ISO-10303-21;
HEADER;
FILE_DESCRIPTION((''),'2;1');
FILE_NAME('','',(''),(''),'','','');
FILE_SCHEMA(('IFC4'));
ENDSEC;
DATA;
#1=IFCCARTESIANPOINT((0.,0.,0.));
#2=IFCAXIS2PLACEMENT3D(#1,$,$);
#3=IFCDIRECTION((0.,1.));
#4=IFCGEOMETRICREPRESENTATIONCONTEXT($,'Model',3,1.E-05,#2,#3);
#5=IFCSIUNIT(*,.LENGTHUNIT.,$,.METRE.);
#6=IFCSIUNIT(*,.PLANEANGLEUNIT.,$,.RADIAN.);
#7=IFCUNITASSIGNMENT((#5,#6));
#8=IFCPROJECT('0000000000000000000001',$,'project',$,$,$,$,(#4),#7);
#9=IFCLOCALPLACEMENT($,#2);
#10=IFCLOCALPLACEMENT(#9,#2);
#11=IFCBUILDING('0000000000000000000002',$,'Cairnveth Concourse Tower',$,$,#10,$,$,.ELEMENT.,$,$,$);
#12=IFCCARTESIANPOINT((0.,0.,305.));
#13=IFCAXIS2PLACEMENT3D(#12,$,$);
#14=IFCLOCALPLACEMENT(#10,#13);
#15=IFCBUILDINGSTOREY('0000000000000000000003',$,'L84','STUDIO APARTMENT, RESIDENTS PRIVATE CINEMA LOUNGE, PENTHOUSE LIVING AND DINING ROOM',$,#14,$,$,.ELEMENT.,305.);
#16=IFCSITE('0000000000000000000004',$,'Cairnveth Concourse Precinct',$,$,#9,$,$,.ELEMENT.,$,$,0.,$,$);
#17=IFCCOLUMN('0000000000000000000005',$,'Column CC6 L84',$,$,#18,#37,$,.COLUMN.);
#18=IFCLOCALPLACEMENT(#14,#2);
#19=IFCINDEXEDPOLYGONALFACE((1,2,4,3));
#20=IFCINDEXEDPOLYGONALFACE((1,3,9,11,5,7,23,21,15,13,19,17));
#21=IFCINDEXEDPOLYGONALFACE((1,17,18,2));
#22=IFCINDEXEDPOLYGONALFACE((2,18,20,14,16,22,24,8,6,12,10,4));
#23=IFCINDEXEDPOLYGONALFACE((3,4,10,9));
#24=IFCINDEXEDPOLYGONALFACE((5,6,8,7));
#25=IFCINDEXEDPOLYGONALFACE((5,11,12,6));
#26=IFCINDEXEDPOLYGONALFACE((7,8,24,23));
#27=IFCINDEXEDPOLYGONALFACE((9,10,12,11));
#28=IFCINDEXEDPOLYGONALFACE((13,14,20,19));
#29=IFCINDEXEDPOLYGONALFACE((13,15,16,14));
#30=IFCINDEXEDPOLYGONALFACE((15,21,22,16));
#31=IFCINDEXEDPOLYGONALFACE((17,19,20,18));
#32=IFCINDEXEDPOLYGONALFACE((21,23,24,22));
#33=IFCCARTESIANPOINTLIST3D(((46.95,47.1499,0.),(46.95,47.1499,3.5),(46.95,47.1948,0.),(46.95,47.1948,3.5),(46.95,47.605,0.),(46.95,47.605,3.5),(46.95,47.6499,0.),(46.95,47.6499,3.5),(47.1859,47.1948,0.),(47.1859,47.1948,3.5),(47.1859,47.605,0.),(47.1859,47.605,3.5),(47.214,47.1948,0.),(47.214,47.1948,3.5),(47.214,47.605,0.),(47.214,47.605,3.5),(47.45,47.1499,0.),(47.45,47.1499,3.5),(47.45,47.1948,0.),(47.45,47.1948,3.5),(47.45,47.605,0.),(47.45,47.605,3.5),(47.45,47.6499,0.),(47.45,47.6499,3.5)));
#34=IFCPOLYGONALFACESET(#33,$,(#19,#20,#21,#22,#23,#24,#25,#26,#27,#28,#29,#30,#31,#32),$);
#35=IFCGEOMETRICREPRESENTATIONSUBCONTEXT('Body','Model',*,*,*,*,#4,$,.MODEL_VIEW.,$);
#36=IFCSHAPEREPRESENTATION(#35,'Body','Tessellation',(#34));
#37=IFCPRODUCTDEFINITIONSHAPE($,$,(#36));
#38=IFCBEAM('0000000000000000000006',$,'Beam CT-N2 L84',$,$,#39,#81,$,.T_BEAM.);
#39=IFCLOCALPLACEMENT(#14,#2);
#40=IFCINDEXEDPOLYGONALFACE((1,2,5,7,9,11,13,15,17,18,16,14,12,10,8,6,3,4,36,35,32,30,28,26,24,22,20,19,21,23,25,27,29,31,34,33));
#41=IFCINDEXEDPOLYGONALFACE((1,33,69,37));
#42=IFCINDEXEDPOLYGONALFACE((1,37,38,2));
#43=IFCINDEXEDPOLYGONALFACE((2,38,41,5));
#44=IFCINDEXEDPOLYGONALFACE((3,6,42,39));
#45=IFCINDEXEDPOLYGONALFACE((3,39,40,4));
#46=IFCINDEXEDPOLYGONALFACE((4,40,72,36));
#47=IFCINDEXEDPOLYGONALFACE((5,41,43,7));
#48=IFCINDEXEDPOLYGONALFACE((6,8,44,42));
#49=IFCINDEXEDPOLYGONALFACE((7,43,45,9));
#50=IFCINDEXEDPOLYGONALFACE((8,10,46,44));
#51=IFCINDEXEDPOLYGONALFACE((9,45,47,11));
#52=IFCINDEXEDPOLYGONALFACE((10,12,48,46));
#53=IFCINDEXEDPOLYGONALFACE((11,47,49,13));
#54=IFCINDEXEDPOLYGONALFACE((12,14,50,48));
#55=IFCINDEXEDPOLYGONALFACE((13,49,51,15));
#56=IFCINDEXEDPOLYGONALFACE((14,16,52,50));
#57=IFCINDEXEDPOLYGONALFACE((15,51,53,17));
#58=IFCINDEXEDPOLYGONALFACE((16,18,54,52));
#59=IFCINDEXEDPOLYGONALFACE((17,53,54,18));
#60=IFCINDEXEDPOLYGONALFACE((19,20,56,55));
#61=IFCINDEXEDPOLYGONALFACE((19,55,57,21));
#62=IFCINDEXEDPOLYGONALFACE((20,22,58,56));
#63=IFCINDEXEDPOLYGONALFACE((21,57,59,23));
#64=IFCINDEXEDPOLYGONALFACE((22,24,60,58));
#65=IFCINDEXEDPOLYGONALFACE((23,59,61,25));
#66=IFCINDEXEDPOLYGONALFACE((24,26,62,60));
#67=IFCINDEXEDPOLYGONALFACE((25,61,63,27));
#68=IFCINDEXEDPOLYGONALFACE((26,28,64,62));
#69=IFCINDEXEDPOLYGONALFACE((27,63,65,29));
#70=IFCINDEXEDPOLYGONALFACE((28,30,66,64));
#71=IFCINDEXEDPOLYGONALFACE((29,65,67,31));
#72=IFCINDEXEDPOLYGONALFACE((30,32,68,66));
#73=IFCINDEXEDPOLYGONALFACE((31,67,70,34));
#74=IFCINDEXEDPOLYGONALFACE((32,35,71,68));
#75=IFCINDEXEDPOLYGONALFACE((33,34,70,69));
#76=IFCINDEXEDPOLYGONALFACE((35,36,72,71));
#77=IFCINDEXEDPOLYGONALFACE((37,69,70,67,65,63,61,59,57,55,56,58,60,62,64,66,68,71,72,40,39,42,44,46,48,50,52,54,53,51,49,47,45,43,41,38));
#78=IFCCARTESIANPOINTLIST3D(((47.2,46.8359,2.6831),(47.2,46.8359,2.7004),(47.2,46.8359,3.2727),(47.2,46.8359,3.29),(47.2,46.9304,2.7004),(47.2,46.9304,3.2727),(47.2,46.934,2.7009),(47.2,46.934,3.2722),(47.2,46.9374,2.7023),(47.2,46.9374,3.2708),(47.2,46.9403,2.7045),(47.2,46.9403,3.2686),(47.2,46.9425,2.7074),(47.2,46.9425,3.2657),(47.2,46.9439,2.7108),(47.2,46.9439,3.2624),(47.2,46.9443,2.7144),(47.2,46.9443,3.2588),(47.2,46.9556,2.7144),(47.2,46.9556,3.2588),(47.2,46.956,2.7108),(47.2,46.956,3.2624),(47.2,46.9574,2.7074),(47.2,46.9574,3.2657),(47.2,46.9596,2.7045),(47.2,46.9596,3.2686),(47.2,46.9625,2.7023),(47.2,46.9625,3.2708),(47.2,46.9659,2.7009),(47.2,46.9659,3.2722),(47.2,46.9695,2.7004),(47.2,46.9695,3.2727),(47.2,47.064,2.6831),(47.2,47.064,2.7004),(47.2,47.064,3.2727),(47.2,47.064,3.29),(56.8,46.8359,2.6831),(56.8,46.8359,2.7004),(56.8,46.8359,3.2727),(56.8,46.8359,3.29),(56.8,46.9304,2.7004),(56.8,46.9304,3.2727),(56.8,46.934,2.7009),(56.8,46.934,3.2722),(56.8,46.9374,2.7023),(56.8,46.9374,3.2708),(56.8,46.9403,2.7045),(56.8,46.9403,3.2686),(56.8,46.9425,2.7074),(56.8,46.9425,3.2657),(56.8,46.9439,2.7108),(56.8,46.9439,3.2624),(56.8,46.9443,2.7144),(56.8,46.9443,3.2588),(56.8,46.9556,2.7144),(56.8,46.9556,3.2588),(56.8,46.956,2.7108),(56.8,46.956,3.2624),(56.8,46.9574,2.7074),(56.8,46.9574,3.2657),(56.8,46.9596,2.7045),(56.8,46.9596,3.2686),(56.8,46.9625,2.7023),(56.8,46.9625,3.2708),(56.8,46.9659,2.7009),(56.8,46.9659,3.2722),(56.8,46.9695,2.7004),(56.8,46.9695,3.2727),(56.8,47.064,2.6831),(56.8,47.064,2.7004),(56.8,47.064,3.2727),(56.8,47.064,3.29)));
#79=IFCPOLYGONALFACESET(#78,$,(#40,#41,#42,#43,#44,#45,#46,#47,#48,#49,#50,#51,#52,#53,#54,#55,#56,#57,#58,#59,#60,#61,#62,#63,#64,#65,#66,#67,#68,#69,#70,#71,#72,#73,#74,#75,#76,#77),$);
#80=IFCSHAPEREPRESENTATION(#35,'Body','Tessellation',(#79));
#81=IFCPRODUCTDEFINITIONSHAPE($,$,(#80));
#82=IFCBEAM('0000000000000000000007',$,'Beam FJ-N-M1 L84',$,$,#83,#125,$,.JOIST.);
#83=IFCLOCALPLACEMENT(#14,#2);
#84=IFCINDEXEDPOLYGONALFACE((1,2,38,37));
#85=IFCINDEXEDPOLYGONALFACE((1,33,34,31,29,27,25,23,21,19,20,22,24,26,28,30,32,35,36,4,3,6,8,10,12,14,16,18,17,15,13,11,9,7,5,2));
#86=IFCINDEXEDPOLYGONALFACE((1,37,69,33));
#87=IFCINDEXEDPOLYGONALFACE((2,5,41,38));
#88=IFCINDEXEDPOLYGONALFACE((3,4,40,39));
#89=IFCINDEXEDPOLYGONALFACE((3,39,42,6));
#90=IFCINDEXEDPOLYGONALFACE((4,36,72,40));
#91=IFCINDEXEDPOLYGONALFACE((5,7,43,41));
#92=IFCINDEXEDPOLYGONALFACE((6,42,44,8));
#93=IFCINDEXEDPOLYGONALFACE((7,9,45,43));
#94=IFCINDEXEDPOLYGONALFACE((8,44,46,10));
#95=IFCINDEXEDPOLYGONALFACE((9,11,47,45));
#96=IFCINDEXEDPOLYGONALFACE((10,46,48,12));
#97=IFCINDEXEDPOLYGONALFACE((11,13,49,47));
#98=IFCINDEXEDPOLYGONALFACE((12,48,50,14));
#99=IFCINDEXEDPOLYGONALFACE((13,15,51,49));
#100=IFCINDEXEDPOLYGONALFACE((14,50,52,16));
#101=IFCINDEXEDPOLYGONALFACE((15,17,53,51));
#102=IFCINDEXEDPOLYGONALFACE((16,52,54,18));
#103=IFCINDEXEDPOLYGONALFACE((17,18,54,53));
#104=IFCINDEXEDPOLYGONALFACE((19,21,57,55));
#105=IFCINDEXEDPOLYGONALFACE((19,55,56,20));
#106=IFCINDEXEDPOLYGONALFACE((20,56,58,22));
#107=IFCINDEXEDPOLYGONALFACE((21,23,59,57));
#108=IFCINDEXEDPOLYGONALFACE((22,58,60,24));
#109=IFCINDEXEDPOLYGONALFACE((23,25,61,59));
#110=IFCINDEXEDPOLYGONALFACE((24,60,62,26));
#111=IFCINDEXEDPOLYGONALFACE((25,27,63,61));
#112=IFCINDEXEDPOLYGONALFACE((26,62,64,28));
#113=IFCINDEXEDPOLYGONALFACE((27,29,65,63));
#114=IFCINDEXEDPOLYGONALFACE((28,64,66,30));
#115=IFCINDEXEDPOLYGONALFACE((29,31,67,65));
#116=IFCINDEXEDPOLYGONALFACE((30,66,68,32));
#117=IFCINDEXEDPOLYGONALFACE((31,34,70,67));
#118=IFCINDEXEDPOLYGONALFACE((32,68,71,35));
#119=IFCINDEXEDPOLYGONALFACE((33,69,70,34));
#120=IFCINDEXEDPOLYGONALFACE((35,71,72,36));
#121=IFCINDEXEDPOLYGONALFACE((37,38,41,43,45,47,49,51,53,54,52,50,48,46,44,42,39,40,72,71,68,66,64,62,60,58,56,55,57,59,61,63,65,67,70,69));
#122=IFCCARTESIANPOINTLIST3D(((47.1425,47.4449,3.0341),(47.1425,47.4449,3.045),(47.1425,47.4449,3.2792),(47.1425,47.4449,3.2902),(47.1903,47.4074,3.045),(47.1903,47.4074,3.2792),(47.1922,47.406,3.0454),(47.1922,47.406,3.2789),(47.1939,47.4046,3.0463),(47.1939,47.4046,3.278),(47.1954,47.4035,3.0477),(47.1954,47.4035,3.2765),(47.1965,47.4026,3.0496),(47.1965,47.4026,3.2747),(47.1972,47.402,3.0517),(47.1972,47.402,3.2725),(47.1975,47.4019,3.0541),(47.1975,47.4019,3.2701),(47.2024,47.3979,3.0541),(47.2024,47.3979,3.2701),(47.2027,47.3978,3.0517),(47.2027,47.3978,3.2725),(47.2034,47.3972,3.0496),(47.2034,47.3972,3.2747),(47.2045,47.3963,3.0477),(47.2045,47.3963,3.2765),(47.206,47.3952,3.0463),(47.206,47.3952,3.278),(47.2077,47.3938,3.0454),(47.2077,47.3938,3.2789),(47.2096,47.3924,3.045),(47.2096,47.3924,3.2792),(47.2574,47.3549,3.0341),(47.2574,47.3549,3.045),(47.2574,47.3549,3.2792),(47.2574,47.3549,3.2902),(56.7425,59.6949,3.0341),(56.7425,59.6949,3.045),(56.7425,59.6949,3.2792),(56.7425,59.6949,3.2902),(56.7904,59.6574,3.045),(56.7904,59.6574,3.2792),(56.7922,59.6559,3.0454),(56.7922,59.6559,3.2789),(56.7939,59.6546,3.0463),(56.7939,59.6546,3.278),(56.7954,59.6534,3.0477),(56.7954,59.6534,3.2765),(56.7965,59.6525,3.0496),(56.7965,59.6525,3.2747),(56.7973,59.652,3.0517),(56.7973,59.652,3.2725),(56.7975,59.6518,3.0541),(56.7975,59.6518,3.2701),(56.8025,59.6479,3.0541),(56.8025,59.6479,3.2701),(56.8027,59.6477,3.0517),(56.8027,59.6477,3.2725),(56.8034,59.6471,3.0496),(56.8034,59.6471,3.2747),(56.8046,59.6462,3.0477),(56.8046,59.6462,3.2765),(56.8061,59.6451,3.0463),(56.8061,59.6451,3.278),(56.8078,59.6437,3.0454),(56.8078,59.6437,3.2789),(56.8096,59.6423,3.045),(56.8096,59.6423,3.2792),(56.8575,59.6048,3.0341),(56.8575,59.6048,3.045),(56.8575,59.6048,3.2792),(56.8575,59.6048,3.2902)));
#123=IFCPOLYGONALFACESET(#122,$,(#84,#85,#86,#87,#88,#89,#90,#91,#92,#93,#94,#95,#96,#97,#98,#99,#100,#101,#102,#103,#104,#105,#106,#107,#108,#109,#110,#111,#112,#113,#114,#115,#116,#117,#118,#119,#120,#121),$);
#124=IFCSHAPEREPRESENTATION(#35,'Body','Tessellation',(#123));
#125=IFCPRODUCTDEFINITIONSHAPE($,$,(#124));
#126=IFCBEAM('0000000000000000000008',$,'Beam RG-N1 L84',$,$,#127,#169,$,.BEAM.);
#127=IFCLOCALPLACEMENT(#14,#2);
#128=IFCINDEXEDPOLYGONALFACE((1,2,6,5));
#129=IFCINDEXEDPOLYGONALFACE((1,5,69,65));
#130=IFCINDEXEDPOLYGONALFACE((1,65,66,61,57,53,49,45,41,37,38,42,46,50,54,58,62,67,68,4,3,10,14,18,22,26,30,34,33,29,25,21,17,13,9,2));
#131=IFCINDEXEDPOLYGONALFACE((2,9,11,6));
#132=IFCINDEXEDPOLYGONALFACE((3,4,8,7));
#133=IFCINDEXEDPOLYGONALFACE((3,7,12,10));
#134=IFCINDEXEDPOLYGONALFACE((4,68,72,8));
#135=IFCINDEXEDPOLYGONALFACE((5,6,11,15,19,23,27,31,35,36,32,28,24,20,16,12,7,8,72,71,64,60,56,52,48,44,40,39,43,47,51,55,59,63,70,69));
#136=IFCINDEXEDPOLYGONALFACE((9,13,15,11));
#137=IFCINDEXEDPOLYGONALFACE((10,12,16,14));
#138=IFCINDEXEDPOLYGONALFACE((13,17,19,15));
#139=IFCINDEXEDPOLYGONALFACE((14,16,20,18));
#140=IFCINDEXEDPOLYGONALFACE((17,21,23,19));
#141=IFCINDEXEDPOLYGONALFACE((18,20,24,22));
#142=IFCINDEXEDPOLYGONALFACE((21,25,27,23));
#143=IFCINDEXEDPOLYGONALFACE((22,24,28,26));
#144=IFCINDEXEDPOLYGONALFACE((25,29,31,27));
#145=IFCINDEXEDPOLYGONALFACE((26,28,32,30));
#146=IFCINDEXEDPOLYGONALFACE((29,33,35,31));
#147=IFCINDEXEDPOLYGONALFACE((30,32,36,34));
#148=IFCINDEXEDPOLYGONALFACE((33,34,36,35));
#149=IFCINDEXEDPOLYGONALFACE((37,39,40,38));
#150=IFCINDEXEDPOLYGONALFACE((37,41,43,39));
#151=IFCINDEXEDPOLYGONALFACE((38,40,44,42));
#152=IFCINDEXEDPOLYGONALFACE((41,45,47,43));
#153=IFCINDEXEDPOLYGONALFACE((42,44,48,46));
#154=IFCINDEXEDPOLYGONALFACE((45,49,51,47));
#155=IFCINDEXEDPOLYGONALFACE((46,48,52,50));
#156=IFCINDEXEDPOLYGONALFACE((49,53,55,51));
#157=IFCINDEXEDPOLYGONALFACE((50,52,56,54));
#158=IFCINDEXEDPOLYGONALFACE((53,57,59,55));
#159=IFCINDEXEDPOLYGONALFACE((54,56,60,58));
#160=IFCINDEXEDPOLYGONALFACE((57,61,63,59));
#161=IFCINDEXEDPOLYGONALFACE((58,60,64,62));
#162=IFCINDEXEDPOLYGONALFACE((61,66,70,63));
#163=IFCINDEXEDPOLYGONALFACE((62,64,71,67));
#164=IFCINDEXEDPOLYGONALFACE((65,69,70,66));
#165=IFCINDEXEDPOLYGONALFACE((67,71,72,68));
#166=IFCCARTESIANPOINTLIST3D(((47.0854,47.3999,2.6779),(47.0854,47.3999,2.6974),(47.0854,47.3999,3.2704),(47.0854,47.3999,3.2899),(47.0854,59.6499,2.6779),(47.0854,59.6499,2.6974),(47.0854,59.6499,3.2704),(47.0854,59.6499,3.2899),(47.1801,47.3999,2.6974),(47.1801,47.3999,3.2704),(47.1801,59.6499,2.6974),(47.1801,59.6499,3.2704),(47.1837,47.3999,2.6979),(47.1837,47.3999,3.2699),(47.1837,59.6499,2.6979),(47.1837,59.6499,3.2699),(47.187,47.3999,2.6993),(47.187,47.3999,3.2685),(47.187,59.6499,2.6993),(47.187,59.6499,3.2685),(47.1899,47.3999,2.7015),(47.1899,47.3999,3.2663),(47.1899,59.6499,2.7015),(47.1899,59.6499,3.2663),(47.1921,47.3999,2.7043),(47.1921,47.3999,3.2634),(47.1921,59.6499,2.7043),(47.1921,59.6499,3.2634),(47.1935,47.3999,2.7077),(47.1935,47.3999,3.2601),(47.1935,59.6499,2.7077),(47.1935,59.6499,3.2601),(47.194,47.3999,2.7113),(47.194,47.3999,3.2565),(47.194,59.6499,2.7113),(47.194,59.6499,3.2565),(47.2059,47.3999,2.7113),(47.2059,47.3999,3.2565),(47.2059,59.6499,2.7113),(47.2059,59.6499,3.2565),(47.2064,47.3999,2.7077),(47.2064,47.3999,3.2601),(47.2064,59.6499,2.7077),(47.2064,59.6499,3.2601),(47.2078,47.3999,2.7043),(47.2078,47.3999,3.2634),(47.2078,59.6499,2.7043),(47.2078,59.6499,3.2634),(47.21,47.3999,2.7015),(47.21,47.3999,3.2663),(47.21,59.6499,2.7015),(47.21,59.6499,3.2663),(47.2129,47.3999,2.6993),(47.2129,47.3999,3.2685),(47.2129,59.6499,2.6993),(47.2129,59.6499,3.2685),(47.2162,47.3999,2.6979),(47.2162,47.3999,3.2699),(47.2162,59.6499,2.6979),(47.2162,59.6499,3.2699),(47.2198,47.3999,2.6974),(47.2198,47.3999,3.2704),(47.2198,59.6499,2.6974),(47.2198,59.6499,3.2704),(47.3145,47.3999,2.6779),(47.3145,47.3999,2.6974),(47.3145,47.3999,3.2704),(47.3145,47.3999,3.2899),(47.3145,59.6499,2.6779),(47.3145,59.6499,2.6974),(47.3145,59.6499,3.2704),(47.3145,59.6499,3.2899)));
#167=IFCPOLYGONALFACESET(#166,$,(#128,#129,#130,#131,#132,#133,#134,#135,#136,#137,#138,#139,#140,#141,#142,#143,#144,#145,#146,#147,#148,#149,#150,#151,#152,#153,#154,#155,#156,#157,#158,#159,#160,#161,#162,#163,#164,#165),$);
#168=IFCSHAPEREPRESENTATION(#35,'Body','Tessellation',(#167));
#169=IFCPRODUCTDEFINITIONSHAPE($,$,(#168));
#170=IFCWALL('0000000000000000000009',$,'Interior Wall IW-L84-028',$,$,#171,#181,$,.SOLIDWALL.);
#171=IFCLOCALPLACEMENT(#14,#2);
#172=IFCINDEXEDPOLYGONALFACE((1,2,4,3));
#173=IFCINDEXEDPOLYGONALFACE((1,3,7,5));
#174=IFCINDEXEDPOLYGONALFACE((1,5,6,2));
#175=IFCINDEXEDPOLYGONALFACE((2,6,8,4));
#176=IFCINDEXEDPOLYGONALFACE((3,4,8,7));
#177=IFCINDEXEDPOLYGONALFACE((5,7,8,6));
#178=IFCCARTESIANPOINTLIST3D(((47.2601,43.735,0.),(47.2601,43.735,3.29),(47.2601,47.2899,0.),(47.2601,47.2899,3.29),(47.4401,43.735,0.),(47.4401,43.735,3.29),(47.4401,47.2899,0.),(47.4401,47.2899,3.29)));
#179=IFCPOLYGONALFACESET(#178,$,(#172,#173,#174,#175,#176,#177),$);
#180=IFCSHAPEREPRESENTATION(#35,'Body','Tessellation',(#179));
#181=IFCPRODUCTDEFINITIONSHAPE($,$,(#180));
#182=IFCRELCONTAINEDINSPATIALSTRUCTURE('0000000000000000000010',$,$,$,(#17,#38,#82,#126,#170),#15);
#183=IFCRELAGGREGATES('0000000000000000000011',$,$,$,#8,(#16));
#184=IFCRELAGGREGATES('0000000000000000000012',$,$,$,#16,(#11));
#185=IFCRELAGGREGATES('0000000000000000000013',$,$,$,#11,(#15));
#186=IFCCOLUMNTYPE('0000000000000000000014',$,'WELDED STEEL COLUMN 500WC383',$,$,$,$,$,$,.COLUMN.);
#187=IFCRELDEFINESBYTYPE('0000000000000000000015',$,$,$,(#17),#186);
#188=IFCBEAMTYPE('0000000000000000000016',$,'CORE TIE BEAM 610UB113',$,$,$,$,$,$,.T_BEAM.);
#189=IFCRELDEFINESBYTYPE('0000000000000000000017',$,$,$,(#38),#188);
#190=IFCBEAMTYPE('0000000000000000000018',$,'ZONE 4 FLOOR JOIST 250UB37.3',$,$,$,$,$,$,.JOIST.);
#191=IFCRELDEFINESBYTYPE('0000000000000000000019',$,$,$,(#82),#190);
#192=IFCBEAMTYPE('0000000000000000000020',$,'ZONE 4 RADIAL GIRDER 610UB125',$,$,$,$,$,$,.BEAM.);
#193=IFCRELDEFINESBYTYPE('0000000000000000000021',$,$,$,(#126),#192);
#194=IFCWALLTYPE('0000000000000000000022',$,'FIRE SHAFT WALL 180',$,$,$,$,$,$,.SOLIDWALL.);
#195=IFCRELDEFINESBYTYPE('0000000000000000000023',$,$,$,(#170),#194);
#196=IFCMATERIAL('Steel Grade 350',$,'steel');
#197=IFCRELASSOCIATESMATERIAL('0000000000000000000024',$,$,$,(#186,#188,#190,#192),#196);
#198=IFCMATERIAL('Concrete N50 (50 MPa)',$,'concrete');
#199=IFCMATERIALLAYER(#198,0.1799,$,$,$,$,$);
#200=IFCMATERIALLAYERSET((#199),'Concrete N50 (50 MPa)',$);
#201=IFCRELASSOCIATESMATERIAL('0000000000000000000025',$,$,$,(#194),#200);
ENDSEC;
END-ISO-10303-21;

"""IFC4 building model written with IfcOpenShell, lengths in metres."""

from ifc_helpers import new_model, si_unit, direction, frame, frame_2d, origin, origin_2d, place, context, subcontext, project, spatial, rectangle, i_section, extrude, material, layer, layer_set, material_profile, profile_set, type_object, element, save


model = new_model("IFC4")

# Units and contexts
model_context = context("Model", 3, precision=1e-05, world=origin(), true_north=direction((0.0, 1.0)))
body_context = subcontext(model_context, "Body", "Model", "MODEL_VIEW")
ifc_project = project(units=[si_unit("LENGTHUNIT", "METRE"), si_unit("PLANEANGLEUNIT", "RADIAN")], contexts=[model_context])

# Site, building, storey
site_placement = place(None, origin())
site = spatial("IfcSite", under=ifc_project, at=site_placement, Name="Cairnveth Concourse Precinct", CompositionType="ELEMENT", RefElevation=0.0)
building_placement = place(site_placement, origin())
building = spatial("IfcBuilding", under=site, at=building_placement, Name="Cairnveth Concourse Tower", CompositionType="ELEMENT")
storey_placement = place(building_placement, frame((0.0, 0.0, 305.0)))
storey = spatial("IfcBuildingStorey", under=building, at=storey_placement, Name="L84", Description="STUDIO APARTMENT, RESIDENTS PRIVATE CINEMA LOUNGE, PENTHOUSE LIVING AND DINING ROOM", CompositionType="ELEMENT", Elevation=305.0)

# Column
ifc_material_1 = material(Name="Steel Grade 350", Category="steel")
ifc_material_profile_1 = material_profile(ifc_material_1, i_section(OverallWidth=0.5, OverallDepth=0.5, WebThickness=0.0281, FlangeThickness=0.0449, at=origin_2d()), Name="500WC383")
ifc_profile_set_1 = profile_set([ifc_material_profile_1], Name="Steel Grade 350")
column_type = type_object("IfcColumnType", Name="WELDED STEEL COLUMN 500WC383", PredefinedType="COLUMN", material=ifc_profile_set_1)
column_placement = place(storey_placement, frame((47.2, 47.3999, 0.0), z_axis=(0.0, 0.0, 1.0), x_axis=(1.0, 0.0, 0.0)))
element("IfcColumn", 1, at=column_placement, inside=storey, type_object=column_type, Name="Column CC6 L84", PredefinedType="COLUMN", context=body_context, shape_type="SweptSolid", body=[
    extrude(i_section(OverallWidth=0.5, OverallDepth=0.5, WebThickness=0.0281, FlangeThickness=0.0449, at=origin_2d()), origin(), (0.0, 0.0, 1.0), 3.5),
])

# Beams
ifc_material_profile_2 = material_profile(ifc_material_1, i_section(OverallWidth=0.228, OverallDepth=0.6069, WebThickness=0.0112, FlangeThickness=0.0173, FilletRadius=0.0139, at=origin_2d()), Name="610UB113")
ifc_profile_set_2 = profile_set([ifc_material_profile_2], Name="Steel Grade 350")
beam_type_1 = type_object("IfcBeamType", Name="CORE TIE BEAM 610UB113", PredefinedType="T_BEAM", material=ifc_profile_set_2)
beam_1_placement = place(storey_placement, frame((47.2, 46.95, 2.9866), z_axis=(1.0, 0.0, 0.0), x_axis=(0.0, 1.0, 0.0)))
element("IfcBeam", 2, at=beam_1_placement, inside=storey, type_object=beam_type_1, Name="Beam CT-N2 L84", PredefinedType="T_BEAM", context=body_context, shape_type="SweptSolid", body=[
    extrude(i_section(OverallWidth=0.228, OverallDepth=0.6069, WebThickness=0.0112, FlangeThickness=0.0173, FilletRadius=0.0139, at=origin_2d()), origin(), (0.0, 0.0, 1.0), 9.6001),
])
ifc_material_profile_3 = material_profile(ifc_material_1, i_section(OverallWidth=0.146, OverallDepth=0.2561, WebThickness=0.0063, FlangeThickness=0.011, FilletRadius=0.009, at=origin_2d()), Name="250UB37.3")
ifc_profile_set_3 = profile_set([ifc_material_profile_3], Name="Steel Grade 350")
beam_type_2 = type_object("IfcBeamType", Name="ZONE 4 FLOOR JOIST 250UB37.3", PredefinedType="JOIST", material=ifc_profile_set_3)
beam_2_placement = place(storey_placement, frame((47.2, 47.3999, 3.1621), z_axis=(0.616832, 0.787095, 0.0), x_axis=(-0.787095, 0.616832, 0.0)))
element("IfcBeam", 3, at=beam_2_placement, inside=storey, type_object=beam_type_2, Name="Beam FJ-N-M1 L84", PredefinedType="JOIST", context=body_context, shape_type="SweptSolid", body=[
    extrude(i_section(OverallWidth=0.146, OverallDepth=0.2561, WebThickness=0.0063, FlangeThickness=0.011, FilletRadius=0.009, at=origin_2d()), origin(), (0.0, 0.0, 1.0), 15.5635),
])
ifc_material_profile_4 = material_profile(ifc_material_1, i_section(OverallWidth=0.229, OverallDepth=0.6121, WebThickness=0.012, FlangeThickness=0.0195, FilletRadius=0.0139, at=origin_2d()), Name="610UB125")
ifc_profile_set_4 = profile_set([ifc_material_profile_4], Name="Steel Grade 350")
beam_type_3 = type_object("IfcBeamType", Name="ZONE 4 RADIAL GIRDER 610UB125", PredefinedType="BEAM", material=ifc_profile_set_4)
beam_3_placement = place(storey_placement, frame((47.2, 47.3999, 2.9839), z_axis=(0.0, 1.0, 0.0), x_axis=(-1.0, 0.0, 0.0)))
element("IfcBeam", 4, at=beam_3_placement, inside=storey, type_object=beam_type_3, Name="Beam RG-N1 L84", PredefinedType="BEAM", context=body_context, shape_type="SweptSolid", body=[
    extrude(i_section(OverallWidth=0.229, OverallDepth=0.6121, WebThickness=0.012, FlangeThickness=0.0195, FilletRadius=0.0139, at=origin_2d()), origin(), (0.0, 0.0, 1.0), 12.25),
])

# Wall
ifc_material_2 = material(Name="Concrete N50 (50 MPa)", Category="concrete")
ifc_layer_1 = layer(ifc_material_2, 0.1799)
ifc_layer_set_1 = layer_set([ifc_layer_1], Name="Concrete N50 (50 MPa)")
wall_type_1 = type_object("IfcWallType", Name="FIRE SHAFT WALL 180", PredefinedType="SOLIDWALL", material=ifc_layer_set_1)
wall_1_placement = place(storey_placement, frame((47.3501, 43.7351, 0.0), z_axis=(0.0, 0.0, 1.0), x_axis=(0.0, 1.0, 0.0)))
element("IfcWall", 5, at=wall_1_placement, inside=storey, type_object=wall_type_1, Name="Interior Wall IW-L84-028", PredefinedType="SOLIDWALL", context=body_context, shape_type="SweptSolid", body=[
    extrude(rectangle(XDim=3.5549, YDim=0.1799, at=frame_2d((1.7773, 0.0))), origin(), (0.0, 0.0, 1.0), 3.29),
])

save(model, "model.ifc")
